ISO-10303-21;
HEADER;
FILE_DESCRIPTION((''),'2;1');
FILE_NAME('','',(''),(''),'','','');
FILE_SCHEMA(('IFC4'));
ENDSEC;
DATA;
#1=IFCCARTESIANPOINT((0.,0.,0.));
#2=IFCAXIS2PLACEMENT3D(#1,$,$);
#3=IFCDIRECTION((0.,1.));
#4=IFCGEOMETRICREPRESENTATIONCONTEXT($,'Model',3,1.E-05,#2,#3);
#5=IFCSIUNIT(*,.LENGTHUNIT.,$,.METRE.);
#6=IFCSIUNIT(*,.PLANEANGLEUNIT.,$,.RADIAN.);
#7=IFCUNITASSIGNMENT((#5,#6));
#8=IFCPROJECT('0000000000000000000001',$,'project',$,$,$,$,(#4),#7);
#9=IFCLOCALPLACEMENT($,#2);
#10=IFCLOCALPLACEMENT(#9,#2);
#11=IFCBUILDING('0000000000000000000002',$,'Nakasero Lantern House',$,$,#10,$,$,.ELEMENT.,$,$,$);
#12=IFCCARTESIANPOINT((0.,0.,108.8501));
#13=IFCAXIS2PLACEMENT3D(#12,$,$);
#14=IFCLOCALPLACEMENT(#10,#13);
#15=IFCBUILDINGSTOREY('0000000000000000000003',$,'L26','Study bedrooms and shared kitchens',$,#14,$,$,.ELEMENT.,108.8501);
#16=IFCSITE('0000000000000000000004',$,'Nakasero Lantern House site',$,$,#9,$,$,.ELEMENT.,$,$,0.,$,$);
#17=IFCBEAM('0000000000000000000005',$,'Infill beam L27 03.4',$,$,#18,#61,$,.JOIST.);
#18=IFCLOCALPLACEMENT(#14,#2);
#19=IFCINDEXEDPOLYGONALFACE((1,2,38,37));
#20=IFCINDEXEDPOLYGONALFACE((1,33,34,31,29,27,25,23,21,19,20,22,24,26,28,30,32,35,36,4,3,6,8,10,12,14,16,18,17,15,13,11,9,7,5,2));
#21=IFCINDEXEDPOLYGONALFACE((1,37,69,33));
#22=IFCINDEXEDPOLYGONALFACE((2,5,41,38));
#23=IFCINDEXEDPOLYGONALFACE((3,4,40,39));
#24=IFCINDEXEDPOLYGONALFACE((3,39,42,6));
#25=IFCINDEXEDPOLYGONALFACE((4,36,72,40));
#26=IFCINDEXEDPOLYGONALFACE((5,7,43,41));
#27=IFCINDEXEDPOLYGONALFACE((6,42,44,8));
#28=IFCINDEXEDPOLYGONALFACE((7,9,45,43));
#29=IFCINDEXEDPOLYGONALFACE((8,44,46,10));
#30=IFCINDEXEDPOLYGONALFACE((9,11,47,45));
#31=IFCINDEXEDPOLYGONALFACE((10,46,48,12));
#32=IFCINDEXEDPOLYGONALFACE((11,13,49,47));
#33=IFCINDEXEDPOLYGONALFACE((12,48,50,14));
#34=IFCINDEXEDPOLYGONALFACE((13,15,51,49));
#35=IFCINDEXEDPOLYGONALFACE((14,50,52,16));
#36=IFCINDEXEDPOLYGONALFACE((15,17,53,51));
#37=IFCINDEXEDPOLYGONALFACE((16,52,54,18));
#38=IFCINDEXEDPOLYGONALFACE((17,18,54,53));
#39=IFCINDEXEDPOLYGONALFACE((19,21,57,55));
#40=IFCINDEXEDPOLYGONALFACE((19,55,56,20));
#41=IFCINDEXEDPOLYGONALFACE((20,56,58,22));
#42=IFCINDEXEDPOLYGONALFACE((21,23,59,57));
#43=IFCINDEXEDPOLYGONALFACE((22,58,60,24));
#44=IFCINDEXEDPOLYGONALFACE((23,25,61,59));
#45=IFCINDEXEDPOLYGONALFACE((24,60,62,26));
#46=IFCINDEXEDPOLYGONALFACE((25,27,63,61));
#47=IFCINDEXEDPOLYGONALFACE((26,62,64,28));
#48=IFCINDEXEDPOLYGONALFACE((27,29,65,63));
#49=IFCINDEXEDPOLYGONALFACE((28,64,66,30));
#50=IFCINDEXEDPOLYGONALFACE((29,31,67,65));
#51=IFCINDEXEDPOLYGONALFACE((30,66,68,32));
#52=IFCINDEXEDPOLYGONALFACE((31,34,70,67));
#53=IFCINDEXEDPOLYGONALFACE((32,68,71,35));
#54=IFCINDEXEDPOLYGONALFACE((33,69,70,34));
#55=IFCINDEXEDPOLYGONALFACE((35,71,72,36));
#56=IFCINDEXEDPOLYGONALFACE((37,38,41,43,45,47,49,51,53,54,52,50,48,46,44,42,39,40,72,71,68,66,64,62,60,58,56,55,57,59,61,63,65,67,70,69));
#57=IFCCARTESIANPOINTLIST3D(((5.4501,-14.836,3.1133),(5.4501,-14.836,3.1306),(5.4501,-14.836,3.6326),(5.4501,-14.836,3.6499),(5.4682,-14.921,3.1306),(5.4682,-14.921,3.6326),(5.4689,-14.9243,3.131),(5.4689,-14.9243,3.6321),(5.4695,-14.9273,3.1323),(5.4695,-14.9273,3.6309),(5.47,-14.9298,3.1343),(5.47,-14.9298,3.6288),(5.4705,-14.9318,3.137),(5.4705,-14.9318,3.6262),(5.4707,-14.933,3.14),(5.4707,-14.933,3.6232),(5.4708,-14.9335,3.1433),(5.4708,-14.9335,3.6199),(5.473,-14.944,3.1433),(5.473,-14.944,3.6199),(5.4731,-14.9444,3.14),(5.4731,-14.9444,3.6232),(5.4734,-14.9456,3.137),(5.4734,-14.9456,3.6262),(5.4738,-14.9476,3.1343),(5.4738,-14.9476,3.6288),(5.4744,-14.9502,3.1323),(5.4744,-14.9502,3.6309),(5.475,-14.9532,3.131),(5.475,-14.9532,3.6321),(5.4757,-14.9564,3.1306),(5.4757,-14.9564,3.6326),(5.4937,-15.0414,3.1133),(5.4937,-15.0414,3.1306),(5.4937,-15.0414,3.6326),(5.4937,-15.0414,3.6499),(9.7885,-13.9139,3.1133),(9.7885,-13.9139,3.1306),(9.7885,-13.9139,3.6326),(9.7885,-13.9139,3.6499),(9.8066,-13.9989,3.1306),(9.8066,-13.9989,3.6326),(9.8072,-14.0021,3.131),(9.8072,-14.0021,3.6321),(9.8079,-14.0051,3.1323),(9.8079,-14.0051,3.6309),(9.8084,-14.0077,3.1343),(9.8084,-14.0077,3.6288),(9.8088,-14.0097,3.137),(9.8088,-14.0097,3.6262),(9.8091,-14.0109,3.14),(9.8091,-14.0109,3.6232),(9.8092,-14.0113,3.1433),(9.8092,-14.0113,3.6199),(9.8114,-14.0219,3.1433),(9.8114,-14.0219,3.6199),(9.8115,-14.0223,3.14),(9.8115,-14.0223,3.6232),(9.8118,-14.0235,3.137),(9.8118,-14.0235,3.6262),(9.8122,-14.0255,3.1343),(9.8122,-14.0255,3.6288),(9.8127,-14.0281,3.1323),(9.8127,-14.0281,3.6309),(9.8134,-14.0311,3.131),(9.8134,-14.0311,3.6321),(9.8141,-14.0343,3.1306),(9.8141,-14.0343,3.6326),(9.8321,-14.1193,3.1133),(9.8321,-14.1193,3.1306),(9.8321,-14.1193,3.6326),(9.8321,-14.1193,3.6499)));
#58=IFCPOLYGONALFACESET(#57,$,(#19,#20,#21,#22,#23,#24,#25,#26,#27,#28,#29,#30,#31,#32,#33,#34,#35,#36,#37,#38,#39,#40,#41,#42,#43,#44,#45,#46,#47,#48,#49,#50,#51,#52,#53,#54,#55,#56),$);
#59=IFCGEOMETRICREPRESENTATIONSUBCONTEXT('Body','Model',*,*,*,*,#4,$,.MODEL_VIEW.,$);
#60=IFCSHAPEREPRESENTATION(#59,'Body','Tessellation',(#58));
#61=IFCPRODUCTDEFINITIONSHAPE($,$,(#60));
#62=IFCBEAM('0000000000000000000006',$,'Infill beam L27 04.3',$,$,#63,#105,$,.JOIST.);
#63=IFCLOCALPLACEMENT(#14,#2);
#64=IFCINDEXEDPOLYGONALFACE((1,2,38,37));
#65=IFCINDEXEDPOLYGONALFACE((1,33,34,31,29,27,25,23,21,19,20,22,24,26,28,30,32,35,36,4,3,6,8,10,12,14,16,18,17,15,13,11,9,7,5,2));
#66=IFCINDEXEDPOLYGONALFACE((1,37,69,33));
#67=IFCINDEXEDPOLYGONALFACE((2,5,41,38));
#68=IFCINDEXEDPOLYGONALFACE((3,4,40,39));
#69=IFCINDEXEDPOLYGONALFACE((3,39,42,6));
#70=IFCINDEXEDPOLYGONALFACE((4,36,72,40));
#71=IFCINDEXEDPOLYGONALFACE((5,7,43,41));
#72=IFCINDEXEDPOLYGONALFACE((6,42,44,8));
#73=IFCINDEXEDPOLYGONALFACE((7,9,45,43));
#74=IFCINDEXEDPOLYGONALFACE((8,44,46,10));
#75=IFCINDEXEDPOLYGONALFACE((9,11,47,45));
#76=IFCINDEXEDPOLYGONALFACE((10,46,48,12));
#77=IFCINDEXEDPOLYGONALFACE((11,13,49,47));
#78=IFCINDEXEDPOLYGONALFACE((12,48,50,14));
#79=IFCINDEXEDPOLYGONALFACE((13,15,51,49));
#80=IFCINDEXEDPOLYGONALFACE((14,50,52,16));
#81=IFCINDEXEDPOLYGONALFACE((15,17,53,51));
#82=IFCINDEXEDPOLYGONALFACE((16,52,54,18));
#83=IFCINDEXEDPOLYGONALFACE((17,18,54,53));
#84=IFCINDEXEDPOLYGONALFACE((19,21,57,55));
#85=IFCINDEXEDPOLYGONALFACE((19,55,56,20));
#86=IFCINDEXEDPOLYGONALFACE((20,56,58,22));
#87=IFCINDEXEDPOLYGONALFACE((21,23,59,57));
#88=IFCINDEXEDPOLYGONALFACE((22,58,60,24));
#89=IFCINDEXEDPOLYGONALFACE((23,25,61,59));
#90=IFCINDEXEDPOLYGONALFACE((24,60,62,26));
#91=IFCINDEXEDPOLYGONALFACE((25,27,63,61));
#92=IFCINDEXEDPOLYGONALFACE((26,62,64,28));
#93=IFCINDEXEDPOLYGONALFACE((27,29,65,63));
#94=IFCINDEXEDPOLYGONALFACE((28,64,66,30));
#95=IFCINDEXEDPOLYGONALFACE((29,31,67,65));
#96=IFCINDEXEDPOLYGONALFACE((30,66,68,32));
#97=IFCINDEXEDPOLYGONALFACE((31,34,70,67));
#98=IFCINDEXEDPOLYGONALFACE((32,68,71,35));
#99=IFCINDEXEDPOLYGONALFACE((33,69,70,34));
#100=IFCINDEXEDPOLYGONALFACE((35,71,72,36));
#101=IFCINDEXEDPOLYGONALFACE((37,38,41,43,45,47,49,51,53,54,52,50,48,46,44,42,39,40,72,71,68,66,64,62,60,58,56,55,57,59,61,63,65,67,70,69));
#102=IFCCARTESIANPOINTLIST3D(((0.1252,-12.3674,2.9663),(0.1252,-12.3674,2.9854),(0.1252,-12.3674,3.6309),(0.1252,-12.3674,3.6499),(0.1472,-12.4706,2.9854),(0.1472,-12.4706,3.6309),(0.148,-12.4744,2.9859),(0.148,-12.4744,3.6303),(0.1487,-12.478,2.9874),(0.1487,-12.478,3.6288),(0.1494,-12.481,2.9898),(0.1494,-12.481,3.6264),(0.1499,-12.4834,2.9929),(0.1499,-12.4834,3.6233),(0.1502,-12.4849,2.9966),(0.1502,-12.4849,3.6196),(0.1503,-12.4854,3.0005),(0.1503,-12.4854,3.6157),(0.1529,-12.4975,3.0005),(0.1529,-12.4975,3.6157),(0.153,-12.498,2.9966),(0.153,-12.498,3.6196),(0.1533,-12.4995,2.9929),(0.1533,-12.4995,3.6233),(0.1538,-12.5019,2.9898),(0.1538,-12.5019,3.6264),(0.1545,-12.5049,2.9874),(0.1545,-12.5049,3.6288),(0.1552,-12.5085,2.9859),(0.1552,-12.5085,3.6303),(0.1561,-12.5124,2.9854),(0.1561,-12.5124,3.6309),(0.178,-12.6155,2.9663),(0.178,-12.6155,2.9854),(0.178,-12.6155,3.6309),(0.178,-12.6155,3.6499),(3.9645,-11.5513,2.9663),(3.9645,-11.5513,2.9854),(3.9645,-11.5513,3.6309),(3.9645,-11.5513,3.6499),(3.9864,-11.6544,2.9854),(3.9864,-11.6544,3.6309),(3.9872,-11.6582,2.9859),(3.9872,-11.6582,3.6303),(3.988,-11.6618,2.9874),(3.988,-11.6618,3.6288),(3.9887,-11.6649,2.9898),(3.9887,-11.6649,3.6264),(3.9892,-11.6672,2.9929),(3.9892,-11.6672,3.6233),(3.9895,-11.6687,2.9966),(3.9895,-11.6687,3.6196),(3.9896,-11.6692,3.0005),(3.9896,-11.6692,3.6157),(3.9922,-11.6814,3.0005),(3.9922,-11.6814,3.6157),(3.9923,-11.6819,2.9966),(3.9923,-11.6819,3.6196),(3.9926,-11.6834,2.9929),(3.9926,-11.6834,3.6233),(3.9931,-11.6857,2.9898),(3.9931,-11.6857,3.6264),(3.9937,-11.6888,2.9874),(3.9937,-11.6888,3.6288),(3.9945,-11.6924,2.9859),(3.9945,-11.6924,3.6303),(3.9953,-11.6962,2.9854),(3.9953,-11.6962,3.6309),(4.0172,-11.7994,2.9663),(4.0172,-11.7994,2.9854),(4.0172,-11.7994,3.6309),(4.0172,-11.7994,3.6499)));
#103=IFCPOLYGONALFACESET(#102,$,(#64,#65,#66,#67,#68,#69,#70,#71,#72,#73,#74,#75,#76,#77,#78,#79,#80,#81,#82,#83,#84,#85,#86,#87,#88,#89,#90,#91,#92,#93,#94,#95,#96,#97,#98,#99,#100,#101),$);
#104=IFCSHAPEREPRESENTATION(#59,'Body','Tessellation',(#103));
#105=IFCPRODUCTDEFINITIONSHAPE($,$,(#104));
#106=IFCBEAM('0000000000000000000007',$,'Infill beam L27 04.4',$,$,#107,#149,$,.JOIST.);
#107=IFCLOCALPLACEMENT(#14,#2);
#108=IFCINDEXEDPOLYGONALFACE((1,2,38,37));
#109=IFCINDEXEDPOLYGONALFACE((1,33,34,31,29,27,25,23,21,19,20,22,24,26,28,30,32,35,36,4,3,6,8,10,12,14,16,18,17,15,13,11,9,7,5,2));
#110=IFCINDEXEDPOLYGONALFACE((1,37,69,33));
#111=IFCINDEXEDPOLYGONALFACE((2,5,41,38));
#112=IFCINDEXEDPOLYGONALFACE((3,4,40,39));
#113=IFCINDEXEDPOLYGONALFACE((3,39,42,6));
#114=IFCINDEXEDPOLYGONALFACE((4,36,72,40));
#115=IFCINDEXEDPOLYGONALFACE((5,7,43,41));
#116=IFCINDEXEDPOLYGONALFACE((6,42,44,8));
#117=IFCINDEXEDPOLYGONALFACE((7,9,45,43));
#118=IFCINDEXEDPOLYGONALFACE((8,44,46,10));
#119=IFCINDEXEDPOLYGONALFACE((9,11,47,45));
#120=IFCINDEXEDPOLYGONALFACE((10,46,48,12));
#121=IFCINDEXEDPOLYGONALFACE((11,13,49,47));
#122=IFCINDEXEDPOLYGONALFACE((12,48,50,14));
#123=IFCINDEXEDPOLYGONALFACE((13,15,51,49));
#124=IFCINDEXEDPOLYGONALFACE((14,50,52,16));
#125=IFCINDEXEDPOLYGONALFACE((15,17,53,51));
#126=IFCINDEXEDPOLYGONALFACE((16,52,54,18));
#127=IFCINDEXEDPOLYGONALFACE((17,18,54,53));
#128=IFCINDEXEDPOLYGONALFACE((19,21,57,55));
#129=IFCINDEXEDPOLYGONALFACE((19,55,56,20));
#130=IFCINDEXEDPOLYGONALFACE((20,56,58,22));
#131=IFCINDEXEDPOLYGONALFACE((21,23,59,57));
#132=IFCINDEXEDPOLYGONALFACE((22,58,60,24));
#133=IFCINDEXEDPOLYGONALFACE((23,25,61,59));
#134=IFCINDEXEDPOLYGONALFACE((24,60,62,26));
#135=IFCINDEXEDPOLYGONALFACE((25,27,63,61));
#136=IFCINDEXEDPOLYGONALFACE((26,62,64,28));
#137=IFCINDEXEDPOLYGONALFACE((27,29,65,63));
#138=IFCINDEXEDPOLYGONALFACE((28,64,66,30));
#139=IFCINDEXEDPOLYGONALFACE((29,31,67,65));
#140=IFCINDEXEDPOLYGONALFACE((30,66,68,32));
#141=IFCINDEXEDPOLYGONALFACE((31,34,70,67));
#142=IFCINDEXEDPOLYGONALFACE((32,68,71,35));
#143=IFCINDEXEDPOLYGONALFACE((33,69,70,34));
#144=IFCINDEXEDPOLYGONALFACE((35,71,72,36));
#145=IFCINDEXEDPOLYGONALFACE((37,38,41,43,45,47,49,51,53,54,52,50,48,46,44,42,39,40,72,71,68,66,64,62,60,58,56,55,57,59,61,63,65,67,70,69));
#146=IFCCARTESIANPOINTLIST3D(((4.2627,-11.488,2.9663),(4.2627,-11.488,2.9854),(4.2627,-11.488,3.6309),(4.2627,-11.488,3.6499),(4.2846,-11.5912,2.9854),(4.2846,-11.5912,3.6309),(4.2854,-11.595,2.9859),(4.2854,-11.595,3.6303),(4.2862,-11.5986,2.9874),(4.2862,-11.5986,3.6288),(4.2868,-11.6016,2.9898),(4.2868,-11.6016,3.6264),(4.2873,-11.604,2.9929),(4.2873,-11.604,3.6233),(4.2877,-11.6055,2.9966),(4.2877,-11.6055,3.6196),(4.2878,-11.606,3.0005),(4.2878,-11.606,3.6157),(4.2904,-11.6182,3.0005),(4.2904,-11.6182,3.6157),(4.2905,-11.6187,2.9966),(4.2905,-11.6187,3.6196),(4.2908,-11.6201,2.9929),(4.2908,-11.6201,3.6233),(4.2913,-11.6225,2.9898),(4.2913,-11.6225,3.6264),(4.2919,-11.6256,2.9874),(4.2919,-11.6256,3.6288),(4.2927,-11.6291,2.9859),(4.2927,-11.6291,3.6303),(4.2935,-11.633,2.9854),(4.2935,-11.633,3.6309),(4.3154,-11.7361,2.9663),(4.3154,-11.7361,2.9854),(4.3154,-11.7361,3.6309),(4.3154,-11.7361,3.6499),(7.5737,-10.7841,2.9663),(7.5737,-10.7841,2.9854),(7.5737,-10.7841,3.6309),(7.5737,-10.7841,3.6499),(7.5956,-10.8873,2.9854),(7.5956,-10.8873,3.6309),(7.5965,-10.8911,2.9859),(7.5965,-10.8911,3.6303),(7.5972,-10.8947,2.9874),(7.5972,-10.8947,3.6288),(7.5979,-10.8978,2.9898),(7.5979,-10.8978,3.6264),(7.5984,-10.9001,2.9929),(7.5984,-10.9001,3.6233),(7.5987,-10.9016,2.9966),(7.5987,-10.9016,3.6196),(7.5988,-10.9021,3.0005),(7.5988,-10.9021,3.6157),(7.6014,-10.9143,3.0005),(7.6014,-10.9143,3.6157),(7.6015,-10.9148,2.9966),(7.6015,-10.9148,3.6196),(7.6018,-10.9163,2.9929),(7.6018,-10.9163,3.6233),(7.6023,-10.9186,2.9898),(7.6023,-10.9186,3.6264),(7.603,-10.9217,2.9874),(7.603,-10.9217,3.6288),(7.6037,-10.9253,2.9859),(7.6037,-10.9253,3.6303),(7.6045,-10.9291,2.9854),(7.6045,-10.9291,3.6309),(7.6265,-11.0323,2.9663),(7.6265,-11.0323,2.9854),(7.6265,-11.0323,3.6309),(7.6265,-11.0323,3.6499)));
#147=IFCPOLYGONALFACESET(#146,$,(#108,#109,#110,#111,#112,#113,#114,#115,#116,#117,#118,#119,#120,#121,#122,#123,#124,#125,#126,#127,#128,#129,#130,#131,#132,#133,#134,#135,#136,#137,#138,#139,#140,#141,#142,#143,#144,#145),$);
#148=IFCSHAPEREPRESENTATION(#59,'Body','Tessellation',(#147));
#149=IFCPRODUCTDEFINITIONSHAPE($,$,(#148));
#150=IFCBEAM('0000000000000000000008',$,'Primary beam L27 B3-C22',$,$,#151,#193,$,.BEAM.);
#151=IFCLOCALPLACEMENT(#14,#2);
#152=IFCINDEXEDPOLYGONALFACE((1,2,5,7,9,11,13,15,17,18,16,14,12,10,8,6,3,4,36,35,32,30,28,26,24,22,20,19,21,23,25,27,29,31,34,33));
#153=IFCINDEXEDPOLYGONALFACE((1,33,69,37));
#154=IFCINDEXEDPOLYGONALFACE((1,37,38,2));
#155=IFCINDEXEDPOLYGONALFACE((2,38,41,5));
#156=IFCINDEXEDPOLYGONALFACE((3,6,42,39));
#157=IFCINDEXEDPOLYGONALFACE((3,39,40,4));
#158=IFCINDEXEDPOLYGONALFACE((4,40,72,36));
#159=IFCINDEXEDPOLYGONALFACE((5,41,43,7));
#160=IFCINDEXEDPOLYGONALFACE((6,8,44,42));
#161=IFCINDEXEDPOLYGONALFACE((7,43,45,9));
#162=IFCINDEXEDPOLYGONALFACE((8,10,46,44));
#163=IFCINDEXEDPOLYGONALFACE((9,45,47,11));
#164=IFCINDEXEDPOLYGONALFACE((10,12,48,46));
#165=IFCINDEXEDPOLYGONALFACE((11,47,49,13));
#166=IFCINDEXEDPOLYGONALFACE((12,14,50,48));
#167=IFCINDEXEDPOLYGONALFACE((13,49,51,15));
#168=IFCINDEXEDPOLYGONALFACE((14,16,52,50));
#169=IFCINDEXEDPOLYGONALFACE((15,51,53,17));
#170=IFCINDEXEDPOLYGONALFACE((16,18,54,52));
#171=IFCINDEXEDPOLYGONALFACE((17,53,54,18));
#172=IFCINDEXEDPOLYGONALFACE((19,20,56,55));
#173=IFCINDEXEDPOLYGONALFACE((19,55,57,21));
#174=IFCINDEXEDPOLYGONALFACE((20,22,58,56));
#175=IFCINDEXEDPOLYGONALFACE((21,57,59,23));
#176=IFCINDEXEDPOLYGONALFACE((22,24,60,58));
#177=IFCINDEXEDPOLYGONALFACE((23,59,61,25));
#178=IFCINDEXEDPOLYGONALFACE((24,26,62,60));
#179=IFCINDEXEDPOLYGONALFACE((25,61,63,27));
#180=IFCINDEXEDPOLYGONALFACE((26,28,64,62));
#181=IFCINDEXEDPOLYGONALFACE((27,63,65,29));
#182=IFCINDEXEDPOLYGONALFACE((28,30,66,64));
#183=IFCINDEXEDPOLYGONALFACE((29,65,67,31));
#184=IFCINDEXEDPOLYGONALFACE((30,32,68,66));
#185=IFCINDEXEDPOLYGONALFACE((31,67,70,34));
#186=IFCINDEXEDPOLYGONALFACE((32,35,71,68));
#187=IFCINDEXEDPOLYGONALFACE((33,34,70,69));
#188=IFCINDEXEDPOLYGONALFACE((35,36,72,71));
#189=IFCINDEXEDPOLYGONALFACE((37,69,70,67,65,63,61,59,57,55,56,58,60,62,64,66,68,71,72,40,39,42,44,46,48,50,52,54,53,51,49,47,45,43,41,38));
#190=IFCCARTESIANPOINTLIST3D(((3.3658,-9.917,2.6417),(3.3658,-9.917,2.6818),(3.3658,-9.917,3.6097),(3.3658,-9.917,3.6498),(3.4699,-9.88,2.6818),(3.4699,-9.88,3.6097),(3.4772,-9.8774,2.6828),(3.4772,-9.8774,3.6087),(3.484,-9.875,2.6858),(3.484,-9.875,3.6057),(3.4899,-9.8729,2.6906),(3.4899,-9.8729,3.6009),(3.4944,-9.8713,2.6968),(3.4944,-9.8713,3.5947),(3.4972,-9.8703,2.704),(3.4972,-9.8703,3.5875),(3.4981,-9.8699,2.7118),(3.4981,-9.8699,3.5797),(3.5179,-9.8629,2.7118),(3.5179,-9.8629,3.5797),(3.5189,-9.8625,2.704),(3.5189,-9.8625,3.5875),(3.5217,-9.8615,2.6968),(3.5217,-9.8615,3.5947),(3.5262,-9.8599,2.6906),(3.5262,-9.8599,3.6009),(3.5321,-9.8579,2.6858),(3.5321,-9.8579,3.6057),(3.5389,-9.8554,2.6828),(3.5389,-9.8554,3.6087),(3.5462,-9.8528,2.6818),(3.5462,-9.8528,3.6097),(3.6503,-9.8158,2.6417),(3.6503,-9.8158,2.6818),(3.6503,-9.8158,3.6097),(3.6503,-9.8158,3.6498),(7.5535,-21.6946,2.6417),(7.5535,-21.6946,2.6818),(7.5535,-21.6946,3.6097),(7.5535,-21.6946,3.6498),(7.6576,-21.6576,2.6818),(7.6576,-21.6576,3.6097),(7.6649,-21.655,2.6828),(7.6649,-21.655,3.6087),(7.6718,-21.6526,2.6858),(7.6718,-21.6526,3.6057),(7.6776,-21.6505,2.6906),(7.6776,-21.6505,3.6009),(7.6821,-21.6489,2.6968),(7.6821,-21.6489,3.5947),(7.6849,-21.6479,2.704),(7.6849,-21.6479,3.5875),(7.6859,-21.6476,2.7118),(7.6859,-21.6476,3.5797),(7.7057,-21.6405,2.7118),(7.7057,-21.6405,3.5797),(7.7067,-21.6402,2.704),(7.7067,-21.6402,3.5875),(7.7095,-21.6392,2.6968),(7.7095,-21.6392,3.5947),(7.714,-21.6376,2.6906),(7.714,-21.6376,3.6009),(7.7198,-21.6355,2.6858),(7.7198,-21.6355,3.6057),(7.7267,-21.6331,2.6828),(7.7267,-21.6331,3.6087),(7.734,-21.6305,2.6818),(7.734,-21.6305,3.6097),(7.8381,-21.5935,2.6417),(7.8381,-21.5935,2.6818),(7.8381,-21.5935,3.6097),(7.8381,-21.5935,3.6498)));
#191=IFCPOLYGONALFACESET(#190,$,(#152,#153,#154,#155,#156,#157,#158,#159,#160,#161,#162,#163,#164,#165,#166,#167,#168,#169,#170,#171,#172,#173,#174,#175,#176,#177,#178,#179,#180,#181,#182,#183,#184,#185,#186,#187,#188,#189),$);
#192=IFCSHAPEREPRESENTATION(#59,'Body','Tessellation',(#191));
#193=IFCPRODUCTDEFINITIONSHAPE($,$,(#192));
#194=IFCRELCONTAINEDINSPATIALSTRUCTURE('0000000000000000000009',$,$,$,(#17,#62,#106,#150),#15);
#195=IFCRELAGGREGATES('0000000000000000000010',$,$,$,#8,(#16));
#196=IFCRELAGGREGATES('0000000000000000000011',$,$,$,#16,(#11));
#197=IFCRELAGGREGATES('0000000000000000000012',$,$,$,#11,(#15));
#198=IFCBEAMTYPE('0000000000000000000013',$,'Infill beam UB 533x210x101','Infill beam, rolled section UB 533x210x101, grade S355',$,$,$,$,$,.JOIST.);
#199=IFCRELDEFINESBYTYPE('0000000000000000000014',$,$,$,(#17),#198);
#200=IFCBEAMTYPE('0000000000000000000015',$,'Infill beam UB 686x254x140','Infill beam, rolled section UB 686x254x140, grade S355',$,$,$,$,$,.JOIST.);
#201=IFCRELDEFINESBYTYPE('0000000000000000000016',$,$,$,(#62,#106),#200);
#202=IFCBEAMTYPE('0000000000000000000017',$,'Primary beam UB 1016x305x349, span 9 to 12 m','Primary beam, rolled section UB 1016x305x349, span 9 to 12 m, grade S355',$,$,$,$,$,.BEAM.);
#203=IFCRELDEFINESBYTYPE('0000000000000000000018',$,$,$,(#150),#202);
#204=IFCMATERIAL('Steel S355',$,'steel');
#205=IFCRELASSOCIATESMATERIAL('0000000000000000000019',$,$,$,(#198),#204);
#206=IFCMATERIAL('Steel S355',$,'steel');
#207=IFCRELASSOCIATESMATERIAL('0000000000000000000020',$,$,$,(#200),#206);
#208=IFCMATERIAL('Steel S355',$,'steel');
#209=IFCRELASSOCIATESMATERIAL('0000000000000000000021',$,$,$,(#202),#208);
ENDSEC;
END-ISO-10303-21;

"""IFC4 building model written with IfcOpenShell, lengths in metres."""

from ifc_helpers import new_model, si_unit, direction, frame, origin, origin_2d, place, context, subcontext, project, spatial, i_section, extrude, material, material_profile, profile_set, type_object, element, save


model = new_model("IFC4")

# Units and contexts
model_context = context("Model", 3, precision=1e-05, world=origin(), true_north=direction((0.0, 1.0)))
body_context = subcontext(model_context, "Body", "Model", "MODEL_VIEW")
ifc_project = project(units=[si_unit("LENGTHUNIT", "METRE"), si_unit("PLANEANGLEUNIT", "RADIAN")], contexts=[model_context])

# Site, building, storey
site_placement = place(None, origin())
site = spatial("IfcSite", under=ifc_project, at=site_placement, Name="Nakasero Lantern House site", CompositionType="ELEMENT", RefElevation=0.0)
building_placement = place(site_placement, origin())
building = spatial("IfcBuilding", under=site, at=building_placement, Name="Nakasero Lantern House", CompositionType="ELEMENT")
storey_placement = place(building_placement, frame((0.0, 0.0, 108.8501)))
storey = spatial("IfcBuildingStorey", under=building, at=storey_placement, Name="L26", Description="Study bedrooms and shared kitchens", CompositionType="ELEMENT", Elevation=108.8501)

# Beams
ifc_material_1 = material(Name="Steel S355", Category="steel")
ifc_material_profile_1 = material_profile(ifc_material_1, i_section(OverallWidth=0.21, OverallDepth=0.5366, WebThickness=0.0107, FlangeThickness=0.0173, FilletRadius=0.0127, at=origin_2d()), Name="UB 533x210x101")
ifc_profile_set_1 = profile_set([ifc_material_profile_1], Name="Steel S355")
beam_type_1 = type_object("IfcBeamType", Name="Infill beam UB 533x210x101", Description="Infill beam, rolled section UB 533x210x101, grade S355", PredefinedType="JOIST", material=ifc_profile_set_1)
beam_1_placement = place(storey_placement, frame((5.4719, -14.9387, 3.3816), z_axis=(0.978149, 0.207905, 0.0), x_axis=(-0.207905, 0.978149, 0.0)))
element("IfcBeam", 1, at=beam_1_placement, inside=storey, type_object=beam_type_1, Name="Infill beam L27 03.4", PredefinedType="JOIST", context=body_context, shape_type="SweptSolid", body=[
    extrude(i_section(OverallWidth=0.21, OverallDepth=0.5366, WebThickness=0.0107, FlangeThickness=0.0173, FilletRadius=0.0127, at=origin_2d()), origin(), (0.0, 0.0, 1.0), 4.4353),
])
ifc_material_2 = material(Name="Steel S355", Category="steel")
ifc_material_profile_2 = material_profile(ifc_material_2, i_section(OverallWidth=0.2537, OverallDepth=0.6836, WebThickness=0.0125, FlangeThickness=0.019, FilletRadius=0.0151, at=origin_2d()), Name="UB 686x254x140")
ifc_profile_set_2 = profile_set([ifc_material_profile_2], Name="Steel S355")
beam_type_2 = type_object("IfcBeamType", Name="Infill beam UB 686x254x140", Description="Infill beam, rolled section UB 686x254x140, grade S355", PredefinedType="JOIST", material=ifc_profile_set_2)
beam_2_placement = place(storey_placement, frame((0.1516, -12.4915, 3.3081), z_axis=(0.978143, 0.207932, 0.0), x_axis=(-0.207932, 0.978143, 0.0)))
element("IfcBeam", 2, at=beam_2_placement, inside=storey, type_object=beam_type_2, Name="Infill beam L27 04.3", PredefinedType="JOIST", context=body_context, shape_type="SweptSolid", body=[
    extrude(i_section(OverallWidth=0.2537, OverallDepth=0.6836, WebThickness=0.0125, FlangeThickness=0.019, FilletRadius=0.0151, at=origin_2d()), origin(), (0.0, 0.0, 1.0), 3.925),
])
beam_3_placement = place(storey_placement, frame((4.2891, -11.6121, 3.3081), z_axis=(0.978143, 0.207933, 0.0), x_axis=(-0.207933, 0.978143, 0.0)))
element("IfcBeam", 3, at=beam_3_placement, inside=storey, type_object=beam_type_2, Name="Infill beam L27 04.4", PredefinedType="JOIST", context=body_context, shape_type="SweptSolid", body=[
    extrude(i_section(OverallWidth=0.2537, OverallDepth=0.6836, WebThickness=0.0125, FlangeThickness=0.019, FilletRadius=0.0151, at=origin_2d()), origin(), (0.0, 0.0, 1.0), 3.385),
])
ifc_material_3 = material(Name="Steel S355", Category="steel")
ifc_material_profile_3 = material_profile(ifc_material_3, i_section(OverallWidth=0.302, OverallDepth=1.0081, WebThickness=0.021, FlangeThickness=0.04, FilletRadius=0.03, at=origin_2d()), Name="UB 1016x305x349")
ifc_profile_set_3 = profile_set([ifc_material_profile_3], Name="Steel S355")
beam_type_3 = type_object("IfcBeamType", Name="Primary beam UB 1016x305x349, span 9 to 12 m", Description="Primary beam, rolled section UB 1016x305x349, span 9 to 12 m, grade S355", PredefinedType="BEAM", material=ifc_profile_set_3)
beam_4_placement = place(storey_placement, frame((7.6958, -21.644, 3.1458), z_axis=(-0.335021, 0.942211, 0.0), x_axis=(-0.942211, -0.335021, 0.0)))
element("IfcBeam", 4, at=beam_4_placement, inside=storey, type_object=beam_type_3, Name="Primary beam L27 B3-C22", PredefinedType="BEAM", context=body_context, shape_type="SweptSolid", body=[
    extrude(i_section(OverallWidth=0.302, OverallDepth=1.0081, WebThickness=0.021, FlangeThickness=0.04, FilletRadius=0.03, at=origin_2d()), origin(), (0.0, 0.0, 1.0), 12.5),
])

save(model, "model.ifc")
